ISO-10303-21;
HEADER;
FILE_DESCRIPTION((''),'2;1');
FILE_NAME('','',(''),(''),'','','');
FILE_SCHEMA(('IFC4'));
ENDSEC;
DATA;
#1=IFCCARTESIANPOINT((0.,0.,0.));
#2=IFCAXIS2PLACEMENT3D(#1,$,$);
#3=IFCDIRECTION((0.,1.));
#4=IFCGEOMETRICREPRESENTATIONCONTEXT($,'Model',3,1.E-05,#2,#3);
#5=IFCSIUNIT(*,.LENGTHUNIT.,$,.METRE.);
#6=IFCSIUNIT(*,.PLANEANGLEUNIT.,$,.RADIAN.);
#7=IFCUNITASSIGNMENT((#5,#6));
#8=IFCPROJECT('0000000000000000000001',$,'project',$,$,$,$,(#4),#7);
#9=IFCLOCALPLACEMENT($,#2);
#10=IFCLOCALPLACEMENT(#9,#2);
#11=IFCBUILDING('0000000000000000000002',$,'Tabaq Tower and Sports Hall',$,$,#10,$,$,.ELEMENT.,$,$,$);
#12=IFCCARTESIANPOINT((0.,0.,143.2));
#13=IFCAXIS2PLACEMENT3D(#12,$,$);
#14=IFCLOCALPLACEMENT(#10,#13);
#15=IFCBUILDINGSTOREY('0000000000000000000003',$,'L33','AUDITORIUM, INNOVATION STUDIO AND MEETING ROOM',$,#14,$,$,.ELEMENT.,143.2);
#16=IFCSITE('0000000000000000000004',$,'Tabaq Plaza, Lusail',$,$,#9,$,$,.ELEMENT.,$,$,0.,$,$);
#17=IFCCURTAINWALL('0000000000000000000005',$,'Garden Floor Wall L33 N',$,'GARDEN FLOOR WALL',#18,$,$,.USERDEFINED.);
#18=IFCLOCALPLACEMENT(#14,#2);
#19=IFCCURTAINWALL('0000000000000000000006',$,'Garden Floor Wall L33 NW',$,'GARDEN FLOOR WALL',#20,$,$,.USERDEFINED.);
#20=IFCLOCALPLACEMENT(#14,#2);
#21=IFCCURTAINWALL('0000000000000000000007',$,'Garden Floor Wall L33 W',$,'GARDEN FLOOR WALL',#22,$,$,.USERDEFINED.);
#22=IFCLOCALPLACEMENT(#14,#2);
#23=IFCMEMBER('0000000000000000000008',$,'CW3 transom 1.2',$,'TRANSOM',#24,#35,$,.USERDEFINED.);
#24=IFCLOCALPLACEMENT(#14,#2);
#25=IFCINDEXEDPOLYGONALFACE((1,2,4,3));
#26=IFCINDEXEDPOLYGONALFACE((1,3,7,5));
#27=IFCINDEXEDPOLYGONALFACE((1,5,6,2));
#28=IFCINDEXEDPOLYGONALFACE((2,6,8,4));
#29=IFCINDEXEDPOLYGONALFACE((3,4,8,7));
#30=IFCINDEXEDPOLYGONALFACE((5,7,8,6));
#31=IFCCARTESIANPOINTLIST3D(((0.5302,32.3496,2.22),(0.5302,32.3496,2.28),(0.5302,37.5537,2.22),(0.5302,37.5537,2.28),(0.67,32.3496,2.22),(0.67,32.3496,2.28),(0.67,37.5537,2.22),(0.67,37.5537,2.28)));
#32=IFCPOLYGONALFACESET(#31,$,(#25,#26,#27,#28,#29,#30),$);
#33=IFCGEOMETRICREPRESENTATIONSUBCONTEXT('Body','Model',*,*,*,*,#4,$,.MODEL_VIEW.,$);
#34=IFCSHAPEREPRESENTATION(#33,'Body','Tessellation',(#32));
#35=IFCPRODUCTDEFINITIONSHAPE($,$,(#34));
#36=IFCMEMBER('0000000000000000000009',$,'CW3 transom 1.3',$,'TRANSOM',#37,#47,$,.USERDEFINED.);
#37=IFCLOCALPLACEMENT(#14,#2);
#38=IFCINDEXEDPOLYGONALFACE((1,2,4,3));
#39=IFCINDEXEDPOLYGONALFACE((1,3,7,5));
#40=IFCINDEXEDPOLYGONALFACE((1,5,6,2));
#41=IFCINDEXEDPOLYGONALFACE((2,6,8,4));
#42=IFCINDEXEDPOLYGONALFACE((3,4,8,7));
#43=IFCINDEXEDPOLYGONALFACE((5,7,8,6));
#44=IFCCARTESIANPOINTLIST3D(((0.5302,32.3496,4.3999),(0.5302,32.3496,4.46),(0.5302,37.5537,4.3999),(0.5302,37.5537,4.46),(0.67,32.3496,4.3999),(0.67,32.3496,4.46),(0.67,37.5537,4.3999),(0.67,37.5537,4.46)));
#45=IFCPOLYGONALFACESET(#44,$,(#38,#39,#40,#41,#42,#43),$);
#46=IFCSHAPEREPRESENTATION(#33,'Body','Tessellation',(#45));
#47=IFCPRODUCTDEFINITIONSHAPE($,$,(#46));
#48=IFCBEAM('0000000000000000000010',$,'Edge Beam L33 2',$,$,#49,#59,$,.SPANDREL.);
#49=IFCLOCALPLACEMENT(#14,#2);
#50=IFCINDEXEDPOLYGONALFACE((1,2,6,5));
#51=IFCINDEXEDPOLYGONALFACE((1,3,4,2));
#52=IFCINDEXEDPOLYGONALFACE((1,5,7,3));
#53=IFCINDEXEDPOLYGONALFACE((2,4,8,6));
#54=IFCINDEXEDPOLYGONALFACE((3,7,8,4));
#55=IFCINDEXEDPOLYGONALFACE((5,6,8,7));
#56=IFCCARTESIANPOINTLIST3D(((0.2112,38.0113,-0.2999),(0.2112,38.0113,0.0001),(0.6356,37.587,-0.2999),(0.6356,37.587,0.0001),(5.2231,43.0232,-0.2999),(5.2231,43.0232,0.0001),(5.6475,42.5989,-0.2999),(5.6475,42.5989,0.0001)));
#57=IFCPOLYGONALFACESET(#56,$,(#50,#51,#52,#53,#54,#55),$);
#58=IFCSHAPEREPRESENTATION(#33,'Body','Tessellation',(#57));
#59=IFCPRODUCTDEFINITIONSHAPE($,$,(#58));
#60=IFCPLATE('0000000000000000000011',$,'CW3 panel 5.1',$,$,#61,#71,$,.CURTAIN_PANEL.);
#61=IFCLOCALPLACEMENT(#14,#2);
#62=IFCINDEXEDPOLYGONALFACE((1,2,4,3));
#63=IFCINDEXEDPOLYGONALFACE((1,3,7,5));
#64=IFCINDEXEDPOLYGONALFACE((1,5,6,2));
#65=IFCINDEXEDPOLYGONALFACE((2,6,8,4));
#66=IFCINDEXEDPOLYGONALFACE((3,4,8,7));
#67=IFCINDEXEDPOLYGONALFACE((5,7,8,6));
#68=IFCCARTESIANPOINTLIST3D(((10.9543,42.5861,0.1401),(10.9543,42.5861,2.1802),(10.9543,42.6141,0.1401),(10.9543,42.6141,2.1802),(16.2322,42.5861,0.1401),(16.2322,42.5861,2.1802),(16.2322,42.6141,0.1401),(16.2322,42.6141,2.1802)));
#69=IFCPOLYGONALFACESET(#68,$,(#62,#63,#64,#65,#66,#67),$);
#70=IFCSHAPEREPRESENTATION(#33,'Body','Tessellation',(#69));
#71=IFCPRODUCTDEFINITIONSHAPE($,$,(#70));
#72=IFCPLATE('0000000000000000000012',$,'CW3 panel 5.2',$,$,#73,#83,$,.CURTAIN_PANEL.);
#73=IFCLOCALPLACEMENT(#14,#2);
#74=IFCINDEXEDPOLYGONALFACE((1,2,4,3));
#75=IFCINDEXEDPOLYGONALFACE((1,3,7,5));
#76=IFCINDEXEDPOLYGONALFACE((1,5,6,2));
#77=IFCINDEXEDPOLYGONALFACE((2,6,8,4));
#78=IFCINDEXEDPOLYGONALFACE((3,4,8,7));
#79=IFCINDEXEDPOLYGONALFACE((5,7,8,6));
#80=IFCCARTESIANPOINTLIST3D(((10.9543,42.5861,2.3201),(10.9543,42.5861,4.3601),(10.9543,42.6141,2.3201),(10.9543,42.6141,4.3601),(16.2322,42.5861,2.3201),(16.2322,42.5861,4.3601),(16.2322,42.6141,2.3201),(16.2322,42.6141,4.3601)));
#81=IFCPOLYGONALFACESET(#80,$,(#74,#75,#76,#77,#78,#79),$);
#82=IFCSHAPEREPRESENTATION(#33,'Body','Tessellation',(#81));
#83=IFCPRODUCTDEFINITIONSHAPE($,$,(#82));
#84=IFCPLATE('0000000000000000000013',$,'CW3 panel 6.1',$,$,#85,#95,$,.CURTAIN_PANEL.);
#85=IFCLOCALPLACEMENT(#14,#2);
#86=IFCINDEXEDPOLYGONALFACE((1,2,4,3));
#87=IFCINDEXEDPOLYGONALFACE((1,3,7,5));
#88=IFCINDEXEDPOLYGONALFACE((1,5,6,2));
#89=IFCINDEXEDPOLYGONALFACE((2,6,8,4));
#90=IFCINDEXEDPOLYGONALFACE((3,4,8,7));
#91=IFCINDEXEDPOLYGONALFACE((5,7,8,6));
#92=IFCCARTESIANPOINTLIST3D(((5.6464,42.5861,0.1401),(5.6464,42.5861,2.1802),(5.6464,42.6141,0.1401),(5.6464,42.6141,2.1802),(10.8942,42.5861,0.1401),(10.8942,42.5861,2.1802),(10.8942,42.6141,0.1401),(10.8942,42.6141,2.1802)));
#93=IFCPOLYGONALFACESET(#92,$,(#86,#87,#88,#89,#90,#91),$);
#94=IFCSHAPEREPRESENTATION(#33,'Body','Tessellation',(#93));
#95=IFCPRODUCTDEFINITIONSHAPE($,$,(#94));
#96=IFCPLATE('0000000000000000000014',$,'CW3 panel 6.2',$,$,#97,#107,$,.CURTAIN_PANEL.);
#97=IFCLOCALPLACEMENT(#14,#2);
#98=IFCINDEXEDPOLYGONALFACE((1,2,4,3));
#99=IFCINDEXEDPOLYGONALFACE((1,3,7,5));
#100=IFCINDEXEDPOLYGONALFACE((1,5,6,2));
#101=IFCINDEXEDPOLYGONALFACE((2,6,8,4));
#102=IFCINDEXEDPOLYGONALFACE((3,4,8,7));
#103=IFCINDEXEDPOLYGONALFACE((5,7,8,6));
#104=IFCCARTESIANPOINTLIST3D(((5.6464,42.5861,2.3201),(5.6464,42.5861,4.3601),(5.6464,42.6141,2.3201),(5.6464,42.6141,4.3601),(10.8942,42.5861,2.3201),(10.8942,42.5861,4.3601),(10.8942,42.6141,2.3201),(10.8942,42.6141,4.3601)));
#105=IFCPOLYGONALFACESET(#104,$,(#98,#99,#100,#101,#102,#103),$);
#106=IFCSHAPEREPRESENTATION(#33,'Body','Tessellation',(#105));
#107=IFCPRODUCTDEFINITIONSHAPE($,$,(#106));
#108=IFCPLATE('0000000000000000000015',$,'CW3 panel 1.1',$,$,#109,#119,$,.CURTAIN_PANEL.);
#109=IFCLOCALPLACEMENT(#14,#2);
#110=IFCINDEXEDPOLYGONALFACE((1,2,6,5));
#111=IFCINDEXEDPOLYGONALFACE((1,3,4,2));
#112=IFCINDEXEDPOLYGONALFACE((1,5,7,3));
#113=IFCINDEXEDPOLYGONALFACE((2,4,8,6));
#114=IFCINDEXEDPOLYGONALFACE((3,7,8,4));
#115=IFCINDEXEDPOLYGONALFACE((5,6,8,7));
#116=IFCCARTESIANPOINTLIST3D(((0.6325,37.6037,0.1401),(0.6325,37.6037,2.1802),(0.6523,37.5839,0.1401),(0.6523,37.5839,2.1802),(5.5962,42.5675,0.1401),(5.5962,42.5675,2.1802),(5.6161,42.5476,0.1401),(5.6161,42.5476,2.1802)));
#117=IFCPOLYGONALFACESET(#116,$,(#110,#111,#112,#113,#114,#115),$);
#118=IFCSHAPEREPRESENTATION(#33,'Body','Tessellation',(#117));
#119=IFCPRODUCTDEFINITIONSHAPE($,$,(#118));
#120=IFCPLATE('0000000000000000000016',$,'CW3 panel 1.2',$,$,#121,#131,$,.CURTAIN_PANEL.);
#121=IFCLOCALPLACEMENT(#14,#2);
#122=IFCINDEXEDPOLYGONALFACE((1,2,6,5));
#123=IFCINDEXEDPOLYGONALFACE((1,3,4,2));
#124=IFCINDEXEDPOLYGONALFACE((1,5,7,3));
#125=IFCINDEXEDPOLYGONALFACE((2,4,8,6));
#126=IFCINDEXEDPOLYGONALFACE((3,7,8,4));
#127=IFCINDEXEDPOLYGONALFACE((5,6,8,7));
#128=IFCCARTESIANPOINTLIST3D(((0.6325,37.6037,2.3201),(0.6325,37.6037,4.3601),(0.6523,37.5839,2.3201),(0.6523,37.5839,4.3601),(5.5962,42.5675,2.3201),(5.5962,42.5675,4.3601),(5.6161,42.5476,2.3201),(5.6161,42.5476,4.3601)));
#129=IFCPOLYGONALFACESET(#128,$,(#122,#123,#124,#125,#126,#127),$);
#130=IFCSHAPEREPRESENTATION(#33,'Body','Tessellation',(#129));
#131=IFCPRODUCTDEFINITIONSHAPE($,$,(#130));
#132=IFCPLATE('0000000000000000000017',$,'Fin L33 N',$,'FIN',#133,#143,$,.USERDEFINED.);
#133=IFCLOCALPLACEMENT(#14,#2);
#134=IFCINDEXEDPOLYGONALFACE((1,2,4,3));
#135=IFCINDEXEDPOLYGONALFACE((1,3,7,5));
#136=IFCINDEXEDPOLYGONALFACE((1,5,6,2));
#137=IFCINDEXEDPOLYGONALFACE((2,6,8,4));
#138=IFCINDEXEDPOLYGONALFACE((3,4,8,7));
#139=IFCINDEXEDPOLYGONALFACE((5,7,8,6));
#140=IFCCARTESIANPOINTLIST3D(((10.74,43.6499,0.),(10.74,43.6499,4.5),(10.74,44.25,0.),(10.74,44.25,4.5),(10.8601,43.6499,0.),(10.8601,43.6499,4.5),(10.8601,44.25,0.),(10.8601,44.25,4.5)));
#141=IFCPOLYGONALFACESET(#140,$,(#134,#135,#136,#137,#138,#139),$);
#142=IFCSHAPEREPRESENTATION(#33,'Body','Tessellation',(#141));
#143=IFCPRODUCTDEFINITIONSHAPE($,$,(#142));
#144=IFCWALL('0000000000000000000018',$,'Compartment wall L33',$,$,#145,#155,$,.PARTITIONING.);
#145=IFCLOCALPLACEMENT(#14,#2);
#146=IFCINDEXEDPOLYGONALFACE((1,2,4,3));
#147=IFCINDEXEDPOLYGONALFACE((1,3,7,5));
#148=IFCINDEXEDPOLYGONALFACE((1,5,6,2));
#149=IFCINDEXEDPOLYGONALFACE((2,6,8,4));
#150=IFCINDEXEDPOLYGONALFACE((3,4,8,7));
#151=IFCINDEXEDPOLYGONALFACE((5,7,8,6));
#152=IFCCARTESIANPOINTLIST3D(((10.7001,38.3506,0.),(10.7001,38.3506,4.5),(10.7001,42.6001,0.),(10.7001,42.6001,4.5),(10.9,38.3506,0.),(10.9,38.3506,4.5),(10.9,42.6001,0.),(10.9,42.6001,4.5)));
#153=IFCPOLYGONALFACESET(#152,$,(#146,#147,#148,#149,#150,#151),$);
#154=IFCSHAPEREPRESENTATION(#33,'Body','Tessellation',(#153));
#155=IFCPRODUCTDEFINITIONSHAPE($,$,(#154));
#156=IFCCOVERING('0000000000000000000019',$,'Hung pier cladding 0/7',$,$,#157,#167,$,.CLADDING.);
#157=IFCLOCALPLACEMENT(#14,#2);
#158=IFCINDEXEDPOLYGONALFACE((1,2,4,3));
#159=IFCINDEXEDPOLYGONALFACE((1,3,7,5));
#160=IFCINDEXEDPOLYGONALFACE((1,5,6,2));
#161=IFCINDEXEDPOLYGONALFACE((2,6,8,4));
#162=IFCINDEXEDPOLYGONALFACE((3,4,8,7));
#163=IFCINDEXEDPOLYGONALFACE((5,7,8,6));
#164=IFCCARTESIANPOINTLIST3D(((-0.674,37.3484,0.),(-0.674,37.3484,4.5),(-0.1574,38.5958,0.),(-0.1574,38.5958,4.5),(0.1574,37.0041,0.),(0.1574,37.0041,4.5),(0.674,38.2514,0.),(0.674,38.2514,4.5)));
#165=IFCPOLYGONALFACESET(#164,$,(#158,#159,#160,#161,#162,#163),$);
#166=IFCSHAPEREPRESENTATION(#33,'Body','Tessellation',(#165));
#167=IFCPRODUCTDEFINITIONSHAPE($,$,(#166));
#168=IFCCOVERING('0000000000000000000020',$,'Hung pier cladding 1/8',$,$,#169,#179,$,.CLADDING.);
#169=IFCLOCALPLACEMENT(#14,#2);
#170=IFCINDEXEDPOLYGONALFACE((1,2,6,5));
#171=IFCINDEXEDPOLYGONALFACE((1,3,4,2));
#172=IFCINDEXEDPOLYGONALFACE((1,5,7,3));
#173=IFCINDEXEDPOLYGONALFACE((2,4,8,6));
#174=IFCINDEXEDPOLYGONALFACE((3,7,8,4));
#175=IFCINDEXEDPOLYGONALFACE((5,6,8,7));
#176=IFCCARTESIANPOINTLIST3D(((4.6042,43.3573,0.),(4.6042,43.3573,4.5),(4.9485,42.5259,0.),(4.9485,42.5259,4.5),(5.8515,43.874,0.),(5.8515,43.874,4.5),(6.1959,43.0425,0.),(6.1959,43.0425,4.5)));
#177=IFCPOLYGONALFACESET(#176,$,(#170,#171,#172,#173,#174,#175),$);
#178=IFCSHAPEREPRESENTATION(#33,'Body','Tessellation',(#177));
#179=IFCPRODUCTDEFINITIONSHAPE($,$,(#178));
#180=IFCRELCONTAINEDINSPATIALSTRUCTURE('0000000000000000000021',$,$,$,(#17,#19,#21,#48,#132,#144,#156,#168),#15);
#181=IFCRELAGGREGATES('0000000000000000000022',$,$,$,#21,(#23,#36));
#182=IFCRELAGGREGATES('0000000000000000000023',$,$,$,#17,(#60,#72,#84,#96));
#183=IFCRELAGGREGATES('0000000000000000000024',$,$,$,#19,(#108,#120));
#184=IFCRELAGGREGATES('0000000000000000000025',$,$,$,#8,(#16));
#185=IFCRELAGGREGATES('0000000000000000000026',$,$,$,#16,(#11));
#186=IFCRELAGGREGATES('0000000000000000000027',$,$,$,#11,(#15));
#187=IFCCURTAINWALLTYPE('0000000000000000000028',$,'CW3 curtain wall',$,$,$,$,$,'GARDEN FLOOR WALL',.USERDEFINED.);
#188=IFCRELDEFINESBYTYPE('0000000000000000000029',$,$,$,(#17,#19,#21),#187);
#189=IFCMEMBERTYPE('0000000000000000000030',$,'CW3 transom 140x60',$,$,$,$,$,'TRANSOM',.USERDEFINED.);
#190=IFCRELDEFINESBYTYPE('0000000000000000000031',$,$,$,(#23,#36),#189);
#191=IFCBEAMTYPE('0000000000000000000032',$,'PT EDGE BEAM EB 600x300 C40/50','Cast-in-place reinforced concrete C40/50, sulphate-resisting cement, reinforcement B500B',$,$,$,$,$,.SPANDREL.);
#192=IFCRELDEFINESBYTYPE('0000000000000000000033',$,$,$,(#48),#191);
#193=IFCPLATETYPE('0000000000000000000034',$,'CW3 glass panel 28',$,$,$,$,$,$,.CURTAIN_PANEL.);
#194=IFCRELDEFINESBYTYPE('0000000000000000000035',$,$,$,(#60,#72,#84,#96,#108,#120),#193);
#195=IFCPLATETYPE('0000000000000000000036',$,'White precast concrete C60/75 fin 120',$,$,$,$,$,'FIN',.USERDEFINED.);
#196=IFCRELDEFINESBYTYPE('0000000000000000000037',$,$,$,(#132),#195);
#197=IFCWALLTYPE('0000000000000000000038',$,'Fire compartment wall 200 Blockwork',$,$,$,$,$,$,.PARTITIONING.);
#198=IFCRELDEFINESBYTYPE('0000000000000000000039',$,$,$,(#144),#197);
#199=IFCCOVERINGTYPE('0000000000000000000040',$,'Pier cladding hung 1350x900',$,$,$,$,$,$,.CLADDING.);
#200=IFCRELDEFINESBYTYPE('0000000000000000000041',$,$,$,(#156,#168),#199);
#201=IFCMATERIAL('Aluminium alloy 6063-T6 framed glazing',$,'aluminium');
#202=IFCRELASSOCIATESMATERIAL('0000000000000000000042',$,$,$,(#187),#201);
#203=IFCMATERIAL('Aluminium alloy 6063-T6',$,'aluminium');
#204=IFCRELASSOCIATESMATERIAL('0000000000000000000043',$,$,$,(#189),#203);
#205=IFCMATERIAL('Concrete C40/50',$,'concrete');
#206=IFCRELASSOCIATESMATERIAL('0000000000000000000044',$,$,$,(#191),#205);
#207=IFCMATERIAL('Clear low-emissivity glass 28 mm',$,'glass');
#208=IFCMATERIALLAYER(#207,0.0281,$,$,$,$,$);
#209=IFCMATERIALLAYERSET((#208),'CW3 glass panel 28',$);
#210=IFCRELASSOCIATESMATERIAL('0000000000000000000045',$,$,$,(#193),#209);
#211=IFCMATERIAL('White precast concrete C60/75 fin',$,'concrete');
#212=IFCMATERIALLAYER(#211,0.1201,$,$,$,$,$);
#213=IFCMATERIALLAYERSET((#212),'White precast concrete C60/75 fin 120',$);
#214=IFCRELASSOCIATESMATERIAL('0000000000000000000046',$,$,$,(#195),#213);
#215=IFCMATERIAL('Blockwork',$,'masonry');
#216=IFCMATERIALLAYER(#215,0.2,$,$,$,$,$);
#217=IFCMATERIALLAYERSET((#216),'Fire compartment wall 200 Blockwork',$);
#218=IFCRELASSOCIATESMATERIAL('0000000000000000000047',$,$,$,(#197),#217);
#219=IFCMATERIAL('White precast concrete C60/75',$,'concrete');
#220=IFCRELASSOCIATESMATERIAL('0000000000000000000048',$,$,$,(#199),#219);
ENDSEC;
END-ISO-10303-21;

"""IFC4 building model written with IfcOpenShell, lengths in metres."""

from ifc_helpers import new_model, si_unit, direction, frame, frame_2d, origin, origin_2d, place, context, subcontext, project, spatial, rectangle, extrude, material, layer, layer_set, material_profile, profile_set, type_object, element, aggregate, save


model = new_model("IFC4")

# Units and contexts
model_context = context("Model", 3, precision=1e-05, world=origin(), true_north=direction((0.0, 1.0)))
body_context = subcontext(model_context, "Body", "Model", "MODEL_VIEW")
ifc_project = project(units=[si_unit("LENGTHUNIT", "METRE"), si_unit("PLANEANGLEUNIT", "RADIAN")], contexts=[model_context])

# Site, building, storey
site_placement = place(None, origin())
site = spatial("IfcSite", under=ifc_project, at=site_placement, Name="Tabaq Plaza, Lusail", CompositionType="ELEMENT", RefElevation=0.0)
building_placement = place(site_placement, origin())
building = spatial("IfcBuilding", under=site, at=building_placement, Name="Tabaq Tower and Sports Hall", CompositionType="ELEMENT")
storey_placement = place(building_placement, frame((0.0, 0.0, 143.2)))
storey = spatial("IfcBuildingStorey", under=building, at=storey_placement, Name="L33", Description="AUDITORIUM, INNOVATION STUDIO AND MEETING ROOM", CompositionType="ELEMENT", Elevation=143.2)

# Curtain walls
ifc_material_1 = material(Name="Aluminium alloy 6063-T6 framed glazing", Category="aluminium")
curtain_wall_type = type_object("IfcCurtainWallType", Name="CW3 curtain wall", ElementType="GARDEN FLOOR WALL", PredefinedType="USERDEFINED", material=ifc_material_1)
curtain_wall_1_placement = place(storey_placement, origin())
curtain_wall_1 = element("IfcCurtainWall", 1, at=curtain_wall_1_placement, inside=storey, type_object=curtain_wall_type, Name="Garden Floor Wall L33 N", ObjectType="GARDEN FLOOR WALL", PredefinedType="USERDEFINED")
curtain_wall_2_placement = place(storey_placement, origin())
curtain_wall_2 = element("IfcCurtainWall", 2, at=curtain_wall_2_placement, inside=storey, type_object=curtain_wall_type, Name="Garden Floor Wall L33 NW", ObjectType="GARDEN FLOOR WALL", PredefinedType="USERDEFINED")

# Curtain wall
curtain_wall_3_placement = place(storey_placement, origin())
curtain_wall_3 = element("IfcCurtainWall", 3, at=curtain_wall_3_placement, inside=storey, type_object=curtain_wall_type, Name="Garden Floor Wall L33 W", ObjectType="GARDEN FLOOR WALL", PredefinedType="USERDEFINED")

# Members
ifc_material_2 = material(Name="Aluminium alloy 6063-T6", Category="aluminium")
ifc_material_profile_1 = material_profile(ifc_material_2, rectangle(XDim=0.1399, YDim=0.0601, at=origin_2d()), Name="TRANSOM 140x60")
ifc_profile_set_1 = profile_set([ifc_material_profile_1], Name="Aluminium alloy 6063-T6")
member_type_1 = type_object("IfcMemberType", Name="CW3 transom 140x60", ElementType="TRANSOM", PredefinedType="USERDEFINED", material=ifc_profile_set_1)
member_1_placement = place(storey_placement, frame((0.6001, 37.5537, 2.25), z_axis=(0.0, -1.0, 0.0), x_axis=(1.0, 0.0, 0.0)))
member_1 = element("IfcMember", 4, at=member_1_placement, type_object=member_type_1, Name="CW3 transom 1.2", ObjectType="TRANSOM", PredefinedType="USERDEFINED", context=body_context, shape_type="SweptSolid", body=[
    extrude(rectangle(XDim=0.1399, YDim=0.0601, at=origin_2d()), origin(), (0.0, 0.0, 1.0), 5.2041),
])
member_2_placement = place(storey_placement, frame((0.6001, 37.5537, 4.4299), z_axis=(0.0, -1.0, 0.0), x_axis=(1.0, 0.0, 0.0)))
member_2 = element("IfcMember", 5, at=member_2_placement, type_object=member_type_1, Name="CW3 transom 1.3", ObjectType="TRANSOM", PredefinedType="USERDEFINED", context=body_context, shape_type="SweptSolid", body=[
    extrude(rectangle(XDim=0.1399, YDim=0.0601, at=origin_2d()), origin(), (0.0, 0.0, 1.0), 5.2041),
])
aggregate(curtain_wall_3, [member_1, member_2])

# Beam
ifc_material_3 = material(Name="Concrete C40/50", Category="concrete")
ifc_material_profile_2 = material_profile(ifc_material_3, rectangle(XDim=0.6001, YDim=0.3, at=origin_2d()), Name="EB 600x300")
ifc_profile_set_2 = profile_set([ifc_material_profile_2], Name="Concrete C40/50")
beam_type = type_object("IfcBeamType", Name="PT EDGE BEAM EB 600x300 C40/50", Description="Cast-in-place reinforced concrete C40/50, sulphate-resisting cement, reinforcement B500B", PredefinedType="SPANDREL", material=ifc_profile_set_2)
beam_placement = place(storey_placement, frame((5.4353, 42.811, -0.1499), z_axis=(-0.707107, -0.707107, 0.0), x_axis=(0.707107, -0.707107, 0.0)))
element("IfcBeam", 6, at=beam_placement, inside=storey, type_object=beam_type, Name="Edge Beam L33 2", PredefinedType="SPANDREL", context=body_context, shape_type="SweptSolid", body=[
    extrude(rectangle(XDim=0.6001, YDim=0.3, at=origin_2d()), origin(), (0.0, 0.0, 1.0), 7.0879),
])

# Plates
ifc_material_4 = material(Name="Clear low-emissivity glass 28 mm", Category="glass")
ifc_layer_1 = layer(ifc_material_4, 0.0281)
ifc_layer_set_1 = layer_set([ifc_layer_1], Name="CW3 glass panel 28")
plate_type_1 = type_object("IfcPlateType", Name="CW3 glass panel 28", PredefinedType="CURTAIN_PANEL", material=ifc_layer_set_1)
plate_1_placement = place(storey_placement, frame((13.5933, 42.6001, 0.1401), z_axis=(0.0, 0.0, 1.0), x_axis=(-1.0, 0.0, 0.0)))
plate_1 = element("IfcPlate", 7, at=plate_1_placement, type_object=plate_type_1, Name="CW3 panel 5.1", PredefinedType="CURTAIN_PANEL", context=body_context, shape_type="SweptSolid", body=[
    extrude(rectangle(XDim=5.2778, YDim=0.0281, at=origin_2d()), origin(), (0.0, 0.0, 1.0), 2.04),
])
plate_2_placement = place(storey_placement, frame((13.5933, 42.6001, 2.3201), z_axis=(0.0, 0.0, 1.0), x_axis=(-1.0, 0.0, 0.0)))
plate_2 = element("IfcPlate", 8, at=plate_2_placement, type_object=plate_type_1, Name="CW3 panel 5.2", PredefinedType="CURTAIN_PANEL", context=body_context, shape_type="SweptSolid", body=[
    extrude(rectangle(XDim=5.2778, YDim=0.0281, at=origin_2d()), origin(), (0.0, 0.0, 1.0), 2.04),
])
plate_3_placement = place(storey_placement, frame((8.2703, 42.6001, 0.1401), z_axis=(0.0, 0.0, 1.0), x_axis=(-1.0, 0.0, 0.0)))
plate_3 = element("IfcPlate", 9, at=plate_3_placement, type_object=plate_type_1, Name="CW3 panel 6.1", PredefinedType="CURTAIN_PANEL", context=body_context, shape_type="SweptSolid", body=[
    extrude(rectangle(XDim=5.2478, YDim=0.0281, at=origin_2d()), origin(), (0.0, 0.0, 1.0), 2.04),
])
plate_4_placement = place(storey_placement, frame((8.2703, 42.6001, 2.3201), z_axis=(0.0, 0.0, 1.0), x_axis=(-1.0, 0.0, 0.0)))
plate_4 = element("IfcPlate", 10, at=plate_4_placement, type_object=plate_type_1, Name="CW3 panel 6.2", PredefinedType="CURTAIN_PANEL", context=body_context, shape_type="SweptSolid", body=[
    extrude(rectangle(XDim=5.2478, YDim=0.0281, at=origin_2d()), origin(), (0.0, 0.0, 1.0), 2.04),
])
aggregate(curtain_wall_1, [plate_1, plate_2, plate_3, plate_4])
plate_5_placement = place(storey_placement, frame((3.1243, 40.0757, 0.1401), z_axis=(0.0, 0.0, 1.0), x_axis=(-0.707107, -0.707107, 0.0)))
plate_5 = element("IfcPlate", 11, at=plate_5_placement, type_object=plate_type_1, Name="CW3 panel 1.1", PredefinedType="CURTAIN_PANEL", context=body_context, shape_type="SweptSolid", body=[
    extrude(rectangle(XDim=7.0198, YDim=0.0281, at=origin_2d()), origin(), (0.0, 0.0, 1.0), 2.04),
])
plate_6_placement = place(storey_placement, frame((3.1243, 40.0757, 2.3201), z_axis=(0.0, 0.0, 1.0), x_axis=(-0.707107, -0.707107, 0.0)))
plate_6 = element("IfcPlate", 12, at=plate_6_placement, type_object=plate_type_1, Name="CW3 panel 1.2", PredefinedType="CURTAIN_PANEL", context=body_context, shape_type="SweptSolid", body=[
    extrude(rectangle(XDim=7.0198, YDim=0.0281, at=origin_2d()), origin(), (0.0, 0.0, 1.0), 2.04),
])
aggregate(curtain_wall_2, [plate_5, plate_6])
ifc_material_5 = material(Name="White precast concrete C60/75 fin", Category="concrete")
ifc_layer_2 = layer(ifc_material_5, 0.1201)
ifc_layer_set_2 = layer_set([ifc_layer_2], Name="White precast concrete C60/75 fin 120")
plate_type_2 = type_object("IfcPlateType", Name="White precast concrete C60/75 fin 120", ElementType="FIN", PredefinedType="USERDEFINED", material=ifc_layer_set_2)
plate_7_placement = place(storey_placement, frame((10.8, 43.95, 0.0), z_axis=(0.0, 0.0, 1.0), x_axis=(-1.0, 0.0, 0.0)))
element("IfcPlate", 13, at=plate_7_placement, inside=storey, type_object=plate_type_2, Name="Fin L33 N", ObjectType="FIN", PredefinedType="USERDEFINED", context=body_context, shape_type="SweptSolid", body=[
    extrude(rectangle(XDim=0.1201, YDim=0.6001, at=origin_2d()), origin(), (0.0, 0.0, 1.0), 4.5),
])

# Wall
ifc_material_6 = material(Name="Blockwork", Category="masonry")
ifc_layer_3 = layer(ifc_material_6, 0.2)
ifc_layer_set_3 = layer_set([ifc_layer_3], Name="Fire compartment wall 200 Blockwork")
wall_type = type_object("IfcWallType", Name="Fire compartment wall 200 Blockwork", PredefinedType="PARTITIONING", material=ifc_layer_set_3)
wall_placement = place(storey_placement, frame((10.8, 38.3506, 0.0), z_axis=(0.0, 0.0, 1.0), x_axis=(0.0, 1.0, 0.0)))
element("IfcWall", 14, at=wall_placement, inside=storey, type_object=wall_type, Name="Compartment wall L33", PredefinedType="PARTITIONING", context=body_context, shape_type="SweptSolid", body=[
    extrude(rectangle(XDim=4.2495, YDim=0.2, at=frame_2d((2.1248, 0.0))), origin(), (0.0, 0.0, 1.0), 4.5),
])

# Coverings
ifc_material_7 = material(Name="White precast concrete C60/75", Category="concrete")
covering_type = type_object("IfcCoveringType", Name="Pier cladding hung 1350x900", PredefinedType="CLADDING", material=ifc_material_7)
for number, where, z_axis, x_axis, name in (
    (15, (0.2583, 38.4236, 0.0), (0.0, 0.0, 1.0), (-0.38265, -0.923893, 0.0), "Hung pier cladding 0/7"),
    (16, (6.0237, 43.4583, 0.0), (0.0, 0.0, 1.0), (-0.923893, -0.38265, 0.0), "Hung pier cladding 1/8"),
):
    element("IfcCovering", number, at=place(storey_placement, frame(where, z_axis=z_axis, x_axis=x_axis)), inside=storey, type_object=covering_type, Name=name, PredefinedType="CLADDING", context=body_context, shape_type="SweptSolid", body=[
        extrude(rectangle(XDim=1.3501, YDim=0.8999, at=frame_2d((0.675, 0.0))), origin(), (0.0, 0.0, 1.0), 4.5),
    ])

save(model, "model.ifc")
